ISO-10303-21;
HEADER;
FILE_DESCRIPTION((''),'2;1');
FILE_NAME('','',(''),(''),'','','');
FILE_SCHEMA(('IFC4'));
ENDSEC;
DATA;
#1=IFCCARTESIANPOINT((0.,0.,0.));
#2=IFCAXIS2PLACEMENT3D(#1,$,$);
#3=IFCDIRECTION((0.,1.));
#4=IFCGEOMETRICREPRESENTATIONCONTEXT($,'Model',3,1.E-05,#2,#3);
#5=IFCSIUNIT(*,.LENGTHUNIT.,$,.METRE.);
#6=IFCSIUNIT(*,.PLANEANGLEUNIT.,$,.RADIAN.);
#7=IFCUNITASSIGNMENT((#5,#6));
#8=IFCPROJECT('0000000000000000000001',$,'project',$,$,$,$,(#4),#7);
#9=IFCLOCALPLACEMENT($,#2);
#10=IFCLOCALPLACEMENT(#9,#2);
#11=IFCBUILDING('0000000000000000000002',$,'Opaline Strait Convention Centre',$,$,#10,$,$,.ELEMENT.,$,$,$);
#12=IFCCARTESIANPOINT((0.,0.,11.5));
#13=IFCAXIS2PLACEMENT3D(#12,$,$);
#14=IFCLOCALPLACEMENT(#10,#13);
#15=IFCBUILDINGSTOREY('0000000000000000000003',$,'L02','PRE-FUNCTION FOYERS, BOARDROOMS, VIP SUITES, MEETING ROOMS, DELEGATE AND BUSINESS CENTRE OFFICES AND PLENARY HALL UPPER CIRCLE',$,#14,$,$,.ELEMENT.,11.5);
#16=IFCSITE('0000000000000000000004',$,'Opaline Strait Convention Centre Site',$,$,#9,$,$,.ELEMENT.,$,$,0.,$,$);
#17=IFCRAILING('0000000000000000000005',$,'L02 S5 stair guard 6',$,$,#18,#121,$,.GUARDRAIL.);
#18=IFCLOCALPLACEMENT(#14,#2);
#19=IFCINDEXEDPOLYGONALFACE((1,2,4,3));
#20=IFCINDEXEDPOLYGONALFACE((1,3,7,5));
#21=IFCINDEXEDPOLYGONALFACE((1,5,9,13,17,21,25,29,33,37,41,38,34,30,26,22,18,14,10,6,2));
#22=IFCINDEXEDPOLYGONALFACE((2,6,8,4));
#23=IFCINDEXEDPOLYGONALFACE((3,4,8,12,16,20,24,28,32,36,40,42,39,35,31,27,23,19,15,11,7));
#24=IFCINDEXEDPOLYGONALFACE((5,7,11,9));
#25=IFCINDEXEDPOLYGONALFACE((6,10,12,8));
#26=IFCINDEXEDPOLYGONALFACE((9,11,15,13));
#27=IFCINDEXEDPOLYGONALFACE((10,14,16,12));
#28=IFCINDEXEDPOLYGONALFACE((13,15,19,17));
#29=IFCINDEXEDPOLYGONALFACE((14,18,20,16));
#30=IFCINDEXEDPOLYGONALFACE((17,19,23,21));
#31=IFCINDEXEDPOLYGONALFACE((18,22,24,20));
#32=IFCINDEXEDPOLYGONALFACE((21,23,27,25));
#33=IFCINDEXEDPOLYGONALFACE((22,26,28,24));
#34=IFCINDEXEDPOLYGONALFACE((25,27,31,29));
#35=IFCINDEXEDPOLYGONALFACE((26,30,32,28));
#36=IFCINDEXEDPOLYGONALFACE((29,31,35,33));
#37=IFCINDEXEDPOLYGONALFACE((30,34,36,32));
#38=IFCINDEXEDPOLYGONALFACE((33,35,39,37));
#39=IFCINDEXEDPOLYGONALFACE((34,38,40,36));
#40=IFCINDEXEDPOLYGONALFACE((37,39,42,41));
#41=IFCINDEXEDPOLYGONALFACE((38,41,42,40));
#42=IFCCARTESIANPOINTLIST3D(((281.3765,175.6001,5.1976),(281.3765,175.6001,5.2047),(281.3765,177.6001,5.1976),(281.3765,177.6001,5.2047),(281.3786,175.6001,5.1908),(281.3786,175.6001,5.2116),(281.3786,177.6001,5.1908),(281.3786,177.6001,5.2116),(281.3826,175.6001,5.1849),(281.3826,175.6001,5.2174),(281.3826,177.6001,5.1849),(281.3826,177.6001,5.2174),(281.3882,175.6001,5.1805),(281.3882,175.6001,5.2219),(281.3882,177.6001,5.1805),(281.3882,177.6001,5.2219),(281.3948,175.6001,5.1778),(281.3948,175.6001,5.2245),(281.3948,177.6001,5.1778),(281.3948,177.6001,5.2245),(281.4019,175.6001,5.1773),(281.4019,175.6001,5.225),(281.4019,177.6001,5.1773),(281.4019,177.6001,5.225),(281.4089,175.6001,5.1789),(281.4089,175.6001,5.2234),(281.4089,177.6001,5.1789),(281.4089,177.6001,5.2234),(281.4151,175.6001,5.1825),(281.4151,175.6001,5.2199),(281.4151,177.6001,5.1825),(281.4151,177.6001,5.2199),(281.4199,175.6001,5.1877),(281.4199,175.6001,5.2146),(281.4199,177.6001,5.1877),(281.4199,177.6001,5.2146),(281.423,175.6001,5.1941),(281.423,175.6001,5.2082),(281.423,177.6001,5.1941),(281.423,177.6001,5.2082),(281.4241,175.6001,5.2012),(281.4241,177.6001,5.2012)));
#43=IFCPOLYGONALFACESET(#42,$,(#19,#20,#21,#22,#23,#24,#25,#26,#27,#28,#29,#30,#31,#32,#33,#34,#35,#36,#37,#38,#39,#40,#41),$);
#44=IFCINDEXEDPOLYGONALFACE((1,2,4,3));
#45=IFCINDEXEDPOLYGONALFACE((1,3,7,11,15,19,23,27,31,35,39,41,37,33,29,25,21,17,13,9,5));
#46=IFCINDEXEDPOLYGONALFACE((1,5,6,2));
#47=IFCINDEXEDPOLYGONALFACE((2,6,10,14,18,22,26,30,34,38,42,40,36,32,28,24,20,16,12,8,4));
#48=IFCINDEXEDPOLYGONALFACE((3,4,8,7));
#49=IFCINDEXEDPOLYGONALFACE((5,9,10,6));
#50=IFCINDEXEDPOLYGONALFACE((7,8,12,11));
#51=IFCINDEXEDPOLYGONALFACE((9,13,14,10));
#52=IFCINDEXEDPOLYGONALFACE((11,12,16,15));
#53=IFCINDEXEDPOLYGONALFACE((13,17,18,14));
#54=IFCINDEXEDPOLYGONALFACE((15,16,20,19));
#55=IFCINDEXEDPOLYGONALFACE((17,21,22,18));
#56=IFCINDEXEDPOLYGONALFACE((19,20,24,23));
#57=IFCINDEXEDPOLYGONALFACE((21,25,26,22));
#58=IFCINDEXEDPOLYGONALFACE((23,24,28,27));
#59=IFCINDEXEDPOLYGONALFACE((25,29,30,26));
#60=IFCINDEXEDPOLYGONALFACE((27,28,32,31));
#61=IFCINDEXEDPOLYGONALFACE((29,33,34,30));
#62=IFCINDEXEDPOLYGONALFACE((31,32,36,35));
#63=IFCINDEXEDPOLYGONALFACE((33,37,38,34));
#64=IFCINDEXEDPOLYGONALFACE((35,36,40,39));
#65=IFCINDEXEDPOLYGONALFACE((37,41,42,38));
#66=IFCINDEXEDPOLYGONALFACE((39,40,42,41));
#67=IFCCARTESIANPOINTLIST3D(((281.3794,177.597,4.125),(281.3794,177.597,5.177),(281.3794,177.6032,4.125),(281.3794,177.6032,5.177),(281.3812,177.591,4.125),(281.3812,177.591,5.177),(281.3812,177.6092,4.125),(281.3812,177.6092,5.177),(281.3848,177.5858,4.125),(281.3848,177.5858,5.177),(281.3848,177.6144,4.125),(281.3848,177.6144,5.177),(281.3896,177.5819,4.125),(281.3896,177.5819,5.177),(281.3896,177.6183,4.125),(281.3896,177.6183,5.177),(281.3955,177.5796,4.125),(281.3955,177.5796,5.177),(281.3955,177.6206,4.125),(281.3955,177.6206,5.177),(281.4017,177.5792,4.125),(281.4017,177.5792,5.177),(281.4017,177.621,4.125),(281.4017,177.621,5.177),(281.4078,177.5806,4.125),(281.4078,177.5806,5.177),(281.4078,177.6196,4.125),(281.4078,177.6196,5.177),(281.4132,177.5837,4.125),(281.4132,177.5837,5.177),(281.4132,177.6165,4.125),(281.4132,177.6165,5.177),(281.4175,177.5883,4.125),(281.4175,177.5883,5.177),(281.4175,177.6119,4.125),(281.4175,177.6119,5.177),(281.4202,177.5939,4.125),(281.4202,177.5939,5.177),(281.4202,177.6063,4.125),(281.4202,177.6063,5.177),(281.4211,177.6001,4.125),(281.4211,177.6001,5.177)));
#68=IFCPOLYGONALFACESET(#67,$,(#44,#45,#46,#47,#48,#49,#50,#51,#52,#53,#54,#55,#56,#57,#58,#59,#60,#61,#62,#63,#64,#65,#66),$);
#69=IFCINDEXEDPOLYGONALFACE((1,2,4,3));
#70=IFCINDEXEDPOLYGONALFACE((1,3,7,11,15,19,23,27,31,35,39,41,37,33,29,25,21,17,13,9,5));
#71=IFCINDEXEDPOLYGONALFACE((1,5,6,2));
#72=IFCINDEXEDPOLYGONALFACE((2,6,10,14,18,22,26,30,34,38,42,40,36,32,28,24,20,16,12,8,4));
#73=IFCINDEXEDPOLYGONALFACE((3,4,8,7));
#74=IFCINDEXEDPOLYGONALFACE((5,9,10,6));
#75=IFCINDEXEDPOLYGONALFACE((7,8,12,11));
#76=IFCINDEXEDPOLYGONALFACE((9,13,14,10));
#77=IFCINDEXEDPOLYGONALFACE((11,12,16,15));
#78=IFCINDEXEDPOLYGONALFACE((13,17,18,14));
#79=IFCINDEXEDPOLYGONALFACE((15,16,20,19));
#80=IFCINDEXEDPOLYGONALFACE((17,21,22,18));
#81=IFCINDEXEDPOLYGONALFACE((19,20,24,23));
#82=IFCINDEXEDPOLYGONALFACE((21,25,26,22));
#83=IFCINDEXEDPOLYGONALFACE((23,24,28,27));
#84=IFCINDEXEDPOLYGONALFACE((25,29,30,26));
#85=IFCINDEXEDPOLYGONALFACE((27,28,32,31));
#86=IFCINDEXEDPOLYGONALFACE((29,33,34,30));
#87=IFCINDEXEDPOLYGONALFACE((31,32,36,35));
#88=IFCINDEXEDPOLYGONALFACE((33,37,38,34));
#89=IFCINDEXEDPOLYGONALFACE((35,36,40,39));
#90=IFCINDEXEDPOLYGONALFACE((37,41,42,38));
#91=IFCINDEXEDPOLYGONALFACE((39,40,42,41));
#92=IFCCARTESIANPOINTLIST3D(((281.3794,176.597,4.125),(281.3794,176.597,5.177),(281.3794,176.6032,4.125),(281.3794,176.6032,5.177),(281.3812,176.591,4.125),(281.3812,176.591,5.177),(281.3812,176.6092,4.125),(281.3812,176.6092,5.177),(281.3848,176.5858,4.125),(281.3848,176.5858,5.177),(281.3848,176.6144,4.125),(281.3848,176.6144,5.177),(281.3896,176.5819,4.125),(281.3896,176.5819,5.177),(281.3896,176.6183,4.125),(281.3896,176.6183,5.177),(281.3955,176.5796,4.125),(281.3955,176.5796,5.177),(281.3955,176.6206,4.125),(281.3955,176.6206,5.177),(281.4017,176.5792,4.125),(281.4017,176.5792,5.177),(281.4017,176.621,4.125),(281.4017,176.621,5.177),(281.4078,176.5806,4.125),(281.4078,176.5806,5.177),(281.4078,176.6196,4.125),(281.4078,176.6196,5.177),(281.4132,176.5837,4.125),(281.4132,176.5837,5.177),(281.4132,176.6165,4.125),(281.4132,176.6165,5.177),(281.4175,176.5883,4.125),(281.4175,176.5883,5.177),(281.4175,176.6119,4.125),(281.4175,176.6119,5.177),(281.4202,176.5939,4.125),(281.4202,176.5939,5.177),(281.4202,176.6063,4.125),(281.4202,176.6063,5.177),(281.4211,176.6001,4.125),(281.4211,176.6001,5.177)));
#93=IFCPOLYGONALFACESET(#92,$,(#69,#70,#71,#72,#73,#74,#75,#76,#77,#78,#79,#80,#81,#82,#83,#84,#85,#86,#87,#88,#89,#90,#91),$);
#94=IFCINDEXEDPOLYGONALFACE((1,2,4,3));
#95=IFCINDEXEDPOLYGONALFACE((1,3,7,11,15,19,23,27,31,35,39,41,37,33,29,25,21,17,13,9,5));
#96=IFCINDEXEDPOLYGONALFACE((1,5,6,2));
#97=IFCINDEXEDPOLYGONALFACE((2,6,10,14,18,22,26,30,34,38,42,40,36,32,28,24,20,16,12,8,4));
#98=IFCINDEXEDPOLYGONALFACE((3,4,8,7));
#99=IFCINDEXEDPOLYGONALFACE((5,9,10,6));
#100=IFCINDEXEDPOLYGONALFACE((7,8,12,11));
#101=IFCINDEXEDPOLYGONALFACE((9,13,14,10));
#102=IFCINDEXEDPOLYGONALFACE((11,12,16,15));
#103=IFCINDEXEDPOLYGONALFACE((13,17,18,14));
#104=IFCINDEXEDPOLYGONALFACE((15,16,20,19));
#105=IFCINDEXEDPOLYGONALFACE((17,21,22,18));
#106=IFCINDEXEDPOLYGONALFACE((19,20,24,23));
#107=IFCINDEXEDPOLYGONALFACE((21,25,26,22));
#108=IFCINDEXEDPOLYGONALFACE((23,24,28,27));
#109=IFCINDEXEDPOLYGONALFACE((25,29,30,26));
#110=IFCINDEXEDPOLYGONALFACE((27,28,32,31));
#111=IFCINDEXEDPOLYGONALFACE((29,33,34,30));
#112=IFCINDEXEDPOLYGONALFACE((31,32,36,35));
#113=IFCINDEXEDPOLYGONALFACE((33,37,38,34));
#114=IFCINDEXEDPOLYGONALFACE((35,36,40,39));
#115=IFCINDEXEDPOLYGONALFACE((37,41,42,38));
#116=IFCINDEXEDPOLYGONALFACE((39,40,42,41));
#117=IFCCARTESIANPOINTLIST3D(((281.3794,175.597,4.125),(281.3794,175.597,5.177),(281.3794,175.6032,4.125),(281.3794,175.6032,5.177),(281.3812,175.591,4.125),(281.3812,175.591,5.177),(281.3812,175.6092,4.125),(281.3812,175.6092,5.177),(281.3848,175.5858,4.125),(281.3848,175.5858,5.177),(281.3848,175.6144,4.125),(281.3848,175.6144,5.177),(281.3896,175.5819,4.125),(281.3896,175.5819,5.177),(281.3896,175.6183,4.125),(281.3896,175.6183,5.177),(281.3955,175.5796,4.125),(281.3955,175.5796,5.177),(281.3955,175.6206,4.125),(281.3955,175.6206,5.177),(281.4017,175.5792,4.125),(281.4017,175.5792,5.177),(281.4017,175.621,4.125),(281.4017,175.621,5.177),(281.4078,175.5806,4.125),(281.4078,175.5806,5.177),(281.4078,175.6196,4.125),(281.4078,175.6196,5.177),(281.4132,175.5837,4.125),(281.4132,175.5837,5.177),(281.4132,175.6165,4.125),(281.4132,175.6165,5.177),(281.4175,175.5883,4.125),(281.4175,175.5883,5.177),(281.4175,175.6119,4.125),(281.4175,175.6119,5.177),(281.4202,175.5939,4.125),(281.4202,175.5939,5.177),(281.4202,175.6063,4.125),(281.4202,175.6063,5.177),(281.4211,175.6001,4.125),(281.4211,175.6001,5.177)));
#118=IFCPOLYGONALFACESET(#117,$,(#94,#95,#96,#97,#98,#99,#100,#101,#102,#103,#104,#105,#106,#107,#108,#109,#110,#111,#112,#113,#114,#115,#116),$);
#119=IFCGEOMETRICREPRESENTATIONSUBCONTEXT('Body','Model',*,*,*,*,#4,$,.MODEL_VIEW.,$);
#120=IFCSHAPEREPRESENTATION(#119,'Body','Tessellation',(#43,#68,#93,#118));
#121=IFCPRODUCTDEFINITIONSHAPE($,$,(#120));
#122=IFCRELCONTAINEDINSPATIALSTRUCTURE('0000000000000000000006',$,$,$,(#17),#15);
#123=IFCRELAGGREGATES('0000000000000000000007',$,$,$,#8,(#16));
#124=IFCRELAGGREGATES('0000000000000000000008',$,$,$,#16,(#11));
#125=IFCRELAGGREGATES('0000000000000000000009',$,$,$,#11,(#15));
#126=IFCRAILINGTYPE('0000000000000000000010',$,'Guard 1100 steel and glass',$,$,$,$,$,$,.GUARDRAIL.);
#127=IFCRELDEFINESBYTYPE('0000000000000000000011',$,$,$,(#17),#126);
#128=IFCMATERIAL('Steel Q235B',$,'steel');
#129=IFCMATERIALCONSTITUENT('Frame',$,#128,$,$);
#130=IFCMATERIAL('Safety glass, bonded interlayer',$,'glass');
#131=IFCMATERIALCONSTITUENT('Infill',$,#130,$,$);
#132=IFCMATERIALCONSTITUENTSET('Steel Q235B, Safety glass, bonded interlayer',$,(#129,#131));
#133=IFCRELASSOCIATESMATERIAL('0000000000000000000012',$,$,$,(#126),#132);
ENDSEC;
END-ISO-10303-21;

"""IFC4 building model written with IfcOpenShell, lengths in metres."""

from ifc_helpers import new_model, si_unit, direction, frame, origin, origin_2d, place, context, subcontext, project, spatial, circle, extrude, material, constituent, constituent_set, type_object, element, save


model = new_model("IFC4")

# Units and contexts
model_context = context("Model", 3, precision=1e-05, world=origin(), true_north=direction((0.0, 1.0)))
body_context = subcontext(model_context, "Body", "Model", "MODEL_VIEW")
ifc_project = project(units=[si_unit("LENGTHUNIT", "METRE"), si_unit("PLANEANGLEUNIT", "RADIAN")], contexts=[model_context])

# Site, building, storey
site_placement = place(None, origin())
site = spatial("IfcSite", under=ifc_project, at=site_placement, Name="Opaline Strait Convention Centre Site", CompositionType="ELEMENT", RefElevation=0.0)
building_placement = place(site_placement, origin())
building = spatial("IfcBuilding", under=site, at=building_placement, Name="Opaline Strait Convention Centre", CompositionType="ELEMENT")
storey_placement = place(building_placement, frame((0.0, 0.0, 11.5)))
storey = spatial("IfcBuildingStorey", under=building, at=storey_placement, Name="L02", Description="PRE-FUNCTION FOYERS, BOARDROOMS, VIP SUITES, MEETING ROOMS, DELEGATE AND BUSINESS CENTRE OFFICES AND PLENARY HALL UPPER CIRCLE", CompositionType="ELEMENT", Elevation=11.5)

# Railing
ifc_material_1 = material(Name="Steel Q235B", Category="steel")
ifc_constituent_1 = constituent(ifc_material_1, Name="Frame")
ifc_material_2 = material(Name="Safety glass, bonded interlayer", Category="glass")
ifc_constituent_2 = constituent(ifc_material_2, Name="Infill")
ifc_constituent_set = constituent_set(constituents=[ifc_constituent_1, ifc_constituent_2], Name="Steel Q235B, Safety glass, bonded interlayer")
railing_type_1 = type_object("IfcRailingType", Name="Guard 1100 steel and glass", PredefinedType="GUARDRAIL", material=ifc_constituent_set)
railing_1_placement = place(storey_placement, frame((281.4001, 177.6001, 4.125)))
element("IfcRailing", 1, at=railing_1_placement, inside=storey, type_object=railing_type_1, Name="L02 S5 stair guard 6", PredefinedType="GUARDRAIL", context=body_context, shape_type="SweptSolid", body=[
    extrude(circle(Radius=0.0239, at=origin_2d()), frame((0.0, 0.0, 1.0762), z_axis=(0.0, -1.0, 0.0), x_axis=(1.0, 0.0, 0.0)), (0.0, 0.0, 1.0), 2.0),
    extrude(circle(Radius=0.021, at=origin_2d()), origin(), (0.0, 0.0, 1.0), 1.052),
    extrude(circle(Radius=0.021, at=origin_2d()), frame((0.0, -1.0, 0.0)), (0.0, 0.0, 1.0), 1.052),
    extrude(circle(Radius=0.021, at=origin_2d()), frame((0.0, -2.0, 0.0)), (0.0, 0.0, 1.0), 1.052),
])

save(model, "model.ifc")
